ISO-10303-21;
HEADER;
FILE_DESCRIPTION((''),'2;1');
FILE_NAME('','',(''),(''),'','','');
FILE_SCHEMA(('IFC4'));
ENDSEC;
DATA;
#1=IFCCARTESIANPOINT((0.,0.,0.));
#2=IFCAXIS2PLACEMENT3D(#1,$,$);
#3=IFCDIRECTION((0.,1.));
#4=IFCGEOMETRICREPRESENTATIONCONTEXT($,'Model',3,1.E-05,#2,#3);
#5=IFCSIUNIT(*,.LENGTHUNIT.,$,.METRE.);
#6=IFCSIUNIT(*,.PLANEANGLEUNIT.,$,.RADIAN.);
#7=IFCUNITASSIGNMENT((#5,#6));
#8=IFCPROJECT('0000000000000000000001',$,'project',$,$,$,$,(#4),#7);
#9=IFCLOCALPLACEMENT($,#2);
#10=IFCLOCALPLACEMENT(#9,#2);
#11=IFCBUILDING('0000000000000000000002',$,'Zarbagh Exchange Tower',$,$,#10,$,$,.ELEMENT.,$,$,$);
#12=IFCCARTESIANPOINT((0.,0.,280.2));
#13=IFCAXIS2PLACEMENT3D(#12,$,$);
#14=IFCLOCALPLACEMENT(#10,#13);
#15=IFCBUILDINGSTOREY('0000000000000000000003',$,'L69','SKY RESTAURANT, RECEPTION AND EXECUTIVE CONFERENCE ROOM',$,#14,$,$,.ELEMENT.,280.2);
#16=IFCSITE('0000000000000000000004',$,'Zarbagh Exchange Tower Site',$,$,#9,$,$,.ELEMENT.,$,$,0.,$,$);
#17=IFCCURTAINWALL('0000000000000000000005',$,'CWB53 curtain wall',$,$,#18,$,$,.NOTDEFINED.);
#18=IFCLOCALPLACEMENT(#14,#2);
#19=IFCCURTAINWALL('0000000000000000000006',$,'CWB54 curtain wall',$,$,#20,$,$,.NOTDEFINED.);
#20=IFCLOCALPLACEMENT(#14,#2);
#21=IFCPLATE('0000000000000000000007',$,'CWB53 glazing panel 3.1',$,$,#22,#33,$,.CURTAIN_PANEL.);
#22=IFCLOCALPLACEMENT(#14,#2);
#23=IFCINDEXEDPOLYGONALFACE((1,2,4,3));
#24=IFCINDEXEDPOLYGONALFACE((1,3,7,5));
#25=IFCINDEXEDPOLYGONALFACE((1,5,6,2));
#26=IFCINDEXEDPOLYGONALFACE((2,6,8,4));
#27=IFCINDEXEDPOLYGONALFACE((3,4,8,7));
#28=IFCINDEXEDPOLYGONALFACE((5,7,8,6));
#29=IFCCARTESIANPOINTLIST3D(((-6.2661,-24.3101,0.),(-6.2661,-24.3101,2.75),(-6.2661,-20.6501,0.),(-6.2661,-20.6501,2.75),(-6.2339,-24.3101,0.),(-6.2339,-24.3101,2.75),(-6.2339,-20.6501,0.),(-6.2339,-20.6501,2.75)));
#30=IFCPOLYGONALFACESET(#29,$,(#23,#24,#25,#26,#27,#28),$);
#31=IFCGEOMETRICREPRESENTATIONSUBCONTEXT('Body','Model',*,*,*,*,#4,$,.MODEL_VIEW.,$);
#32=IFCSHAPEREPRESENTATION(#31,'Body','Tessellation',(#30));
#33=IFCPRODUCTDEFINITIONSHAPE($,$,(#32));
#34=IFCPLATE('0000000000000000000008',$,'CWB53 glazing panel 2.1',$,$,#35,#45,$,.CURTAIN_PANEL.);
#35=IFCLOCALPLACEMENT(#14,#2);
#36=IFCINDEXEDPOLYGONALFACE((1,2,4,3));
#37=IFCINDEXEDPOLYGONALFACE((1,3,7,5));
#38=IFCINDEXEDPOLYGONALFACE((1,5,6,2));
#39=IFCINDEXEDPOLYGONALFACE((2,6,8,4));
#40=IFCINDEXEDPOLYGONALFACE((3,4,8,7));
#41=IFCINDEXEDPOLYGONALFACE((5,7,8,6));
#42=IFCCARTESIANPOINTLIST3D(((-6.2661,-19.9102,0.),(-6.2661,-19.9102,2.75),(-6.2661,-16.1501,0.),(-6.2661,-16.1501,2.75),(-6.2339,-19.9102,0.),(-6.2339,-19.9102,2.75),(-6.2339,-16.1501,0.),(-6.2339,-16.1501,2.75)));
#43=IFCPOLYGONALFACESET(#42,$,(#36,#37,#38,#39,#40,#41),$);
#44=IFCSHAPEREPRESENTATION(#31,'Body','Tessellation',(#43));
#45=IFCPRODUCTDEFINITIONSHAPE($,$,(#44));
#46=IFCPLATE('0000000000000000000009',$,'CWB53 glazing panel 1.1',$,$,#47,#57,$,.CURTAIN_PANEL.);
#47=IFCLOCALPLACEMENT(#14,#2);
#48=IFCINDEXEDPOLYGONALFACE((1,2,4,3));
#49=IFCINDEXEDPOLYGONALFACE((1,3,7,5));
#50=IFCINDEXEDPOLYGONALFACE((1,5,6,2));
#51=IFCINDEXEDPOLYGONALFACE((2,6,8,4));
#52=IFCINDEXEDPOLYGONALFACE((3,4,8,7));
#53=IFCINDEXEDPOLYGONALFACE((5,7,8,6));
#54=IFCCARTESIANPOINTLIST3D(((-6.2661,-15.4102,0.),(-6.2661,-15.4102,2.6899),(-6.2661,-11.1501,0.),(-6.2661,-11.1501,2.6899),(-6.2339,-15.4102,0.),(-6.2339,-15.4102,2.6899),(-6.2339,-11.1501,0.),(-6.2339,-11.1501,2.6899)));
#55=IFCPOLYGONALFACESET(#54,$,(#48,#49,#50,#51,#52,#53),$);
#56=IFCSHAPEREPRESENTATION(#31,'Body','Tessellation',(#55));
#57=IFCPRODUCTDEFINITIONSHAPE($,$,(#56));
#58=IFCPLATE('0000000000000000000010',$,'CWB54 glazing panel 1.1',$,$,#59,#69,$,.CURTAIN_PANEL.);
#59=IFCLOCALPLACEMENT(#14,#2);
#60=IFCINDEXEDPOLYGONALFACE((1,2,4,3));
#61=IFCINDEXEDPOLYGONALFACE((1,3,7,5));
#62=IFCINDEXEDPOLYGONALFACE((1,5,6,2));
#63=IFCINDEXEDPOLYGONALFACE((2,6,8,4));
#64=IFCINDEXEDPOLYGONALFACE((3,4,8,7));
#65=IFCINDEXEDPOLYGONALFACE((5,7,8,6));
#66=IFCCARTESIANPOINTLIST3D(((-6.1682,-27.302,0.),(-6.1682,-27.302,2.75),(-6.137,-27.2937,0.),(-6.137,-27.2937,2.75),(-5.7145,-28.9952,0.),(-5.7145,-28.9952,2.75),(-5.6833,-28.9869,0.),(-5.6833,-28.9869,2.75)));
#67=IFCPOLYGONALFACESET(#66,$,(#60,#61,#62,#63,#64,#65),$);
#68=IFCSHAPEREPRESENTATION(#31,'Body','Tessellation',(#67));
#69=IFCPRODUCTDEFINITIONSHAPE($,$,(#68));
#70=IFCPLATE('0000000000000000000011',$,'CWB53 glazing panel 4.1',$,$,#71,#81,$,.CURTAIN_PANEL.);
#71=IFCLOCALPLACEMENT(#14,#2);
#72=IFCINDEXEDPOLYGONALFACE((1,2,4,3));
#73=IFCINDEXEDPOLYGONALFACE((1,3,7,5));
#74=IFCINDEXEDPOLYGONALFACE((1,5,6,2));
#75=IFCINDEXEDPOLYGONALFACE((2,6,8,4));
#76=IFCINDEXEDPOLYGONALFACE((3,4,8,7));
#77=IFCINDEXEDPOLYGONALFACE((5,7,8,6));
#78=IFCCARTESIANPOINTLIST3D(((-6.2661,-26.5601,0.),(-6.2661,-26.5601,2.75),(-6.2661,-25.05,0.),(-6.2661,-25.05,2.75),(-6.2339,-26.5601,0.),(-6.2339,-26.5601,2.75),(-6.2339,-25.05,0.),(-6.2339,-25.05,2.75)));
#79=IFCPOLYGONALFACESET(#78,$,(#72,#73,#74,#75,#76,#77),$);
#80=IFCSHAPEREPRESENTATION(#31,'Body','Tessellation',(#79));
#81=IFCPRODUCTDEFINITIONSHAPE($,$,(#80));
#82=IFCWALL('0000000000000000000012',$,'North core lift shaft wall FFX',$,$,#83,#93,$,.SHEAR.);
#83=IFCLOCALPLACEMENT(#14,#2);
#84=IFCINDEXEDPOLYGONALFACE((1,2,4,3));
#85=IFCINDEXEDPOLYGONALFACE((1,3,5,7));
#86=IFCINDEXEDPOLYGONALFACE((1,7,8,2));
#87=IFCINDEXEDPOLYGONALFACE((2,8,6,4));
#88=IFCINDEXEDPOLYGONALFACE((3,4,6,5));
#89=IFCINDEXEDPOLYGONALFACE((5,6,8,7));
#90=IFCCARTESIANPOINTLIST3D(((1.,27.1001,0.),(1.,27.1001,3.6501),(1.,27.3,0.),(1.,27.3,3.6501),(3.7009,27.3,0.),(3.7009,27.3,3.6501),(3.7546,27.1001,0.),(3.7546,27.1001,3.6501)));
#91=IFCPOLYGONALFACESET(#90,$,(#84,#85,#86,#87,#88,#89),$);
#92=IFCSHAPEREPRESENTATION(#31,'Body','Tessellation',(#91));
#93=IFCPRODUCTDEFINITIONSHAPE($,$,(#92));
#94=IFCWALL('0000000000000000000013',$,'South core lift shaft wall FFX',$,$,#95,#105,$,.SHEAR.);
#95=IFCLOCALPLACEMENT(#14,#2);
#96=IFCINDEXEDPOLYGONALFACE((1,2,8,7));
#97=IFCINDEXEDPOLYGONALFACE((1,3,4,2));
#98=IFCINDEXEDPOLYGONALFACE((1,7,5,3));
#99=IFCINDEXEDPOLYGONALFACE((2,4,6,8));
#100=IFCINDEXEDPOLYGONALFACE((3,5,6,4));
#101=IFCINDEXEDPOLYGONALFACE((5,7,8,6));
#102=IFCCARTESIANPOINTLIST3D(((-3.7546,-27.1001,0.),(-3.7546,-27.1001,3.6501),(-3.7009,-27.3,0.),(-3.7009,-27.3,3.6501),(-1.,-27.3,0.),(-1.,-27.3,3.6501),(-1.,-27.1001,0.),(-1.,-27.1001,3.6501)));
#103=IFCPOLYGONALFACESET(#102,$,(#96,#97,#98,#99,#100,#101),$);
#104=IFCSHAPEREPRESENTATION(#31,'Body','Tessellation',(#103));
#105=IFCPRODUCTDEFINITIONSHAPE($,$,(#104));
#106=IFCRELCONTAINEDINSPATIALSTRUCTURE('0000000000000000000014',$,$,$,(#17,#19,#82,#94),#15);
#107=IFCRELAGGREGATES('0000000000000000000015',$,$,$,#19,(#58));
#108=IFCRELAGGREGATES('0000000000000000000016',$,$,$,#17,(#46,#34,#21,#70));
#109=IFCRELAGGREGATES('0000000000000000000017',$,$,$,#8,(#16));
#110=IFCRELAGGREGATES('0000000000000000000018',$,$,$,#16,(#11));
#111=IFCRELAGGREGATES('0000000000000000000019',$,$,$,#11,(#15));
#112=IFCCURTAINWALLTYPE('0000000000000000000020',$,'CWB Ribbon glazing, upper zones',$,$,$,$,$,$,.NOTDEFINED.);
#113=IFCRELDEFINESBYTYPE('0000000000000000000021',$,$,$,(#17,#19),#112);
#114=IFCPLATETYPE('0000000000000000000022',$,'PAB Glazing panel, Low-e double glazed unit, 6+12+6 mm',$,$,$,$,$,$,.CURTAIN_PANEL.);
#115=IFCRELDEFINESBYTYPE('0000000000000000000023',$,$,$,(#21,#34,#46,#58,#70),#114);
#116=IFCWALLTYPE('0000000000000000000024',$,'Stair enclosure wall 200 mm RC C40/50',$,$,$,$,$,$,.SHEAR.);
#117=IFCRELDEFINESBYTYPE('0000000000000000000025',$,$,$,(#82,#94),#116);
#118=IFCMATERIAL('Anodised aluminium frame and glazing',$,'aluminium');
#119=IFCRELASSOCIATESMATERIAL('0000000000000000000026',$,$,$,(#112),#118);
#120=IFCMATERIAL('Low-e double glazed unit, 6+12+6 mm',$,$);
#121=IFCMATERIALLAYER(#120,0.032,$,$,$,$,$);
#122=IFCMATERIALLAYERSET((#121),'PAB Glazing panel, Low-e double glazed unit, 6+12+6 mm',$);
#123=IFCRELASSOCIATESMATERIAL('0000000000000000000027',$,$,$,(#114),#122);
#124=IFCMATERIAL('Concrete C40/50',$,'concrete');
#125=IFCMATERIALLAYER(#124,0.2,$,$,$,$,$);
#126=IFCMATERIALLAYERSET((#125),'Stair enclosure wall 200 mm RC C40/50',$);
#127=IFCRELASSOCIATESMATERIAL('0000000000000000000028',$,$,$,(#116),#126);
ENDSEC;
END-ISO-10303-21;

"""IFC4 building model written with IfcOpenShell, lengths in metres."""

from ifc_helpers import new_model, si_unit, direction, frame, origin, place, context, subcontext, project, spatial, polyline, outline, extrude, source, transform, mapped, material, layer, layer_set, type_object, element, aggregate, save


model = new_model("IFC4")

# Units and contexts
model_context = context("Model", 3, precision=1e-05, world=origin(), true_north=direction((0.0, 1.0)))
body_context = subcontext(model_context, "Body", "Model", "MODEL_VIEW")
ifc_project = project(units=[si_unit("LENGTHUNIT", "METRE"), si_unit("PLANEANGLEUNIT", "RADIAN")], contexts=[model_context])

# Site, building, storey
site_placement = place(None, origin())
site = spatial("IfcSite", under=ifc_project, at=site_placement, Name="Zarbagh Exchange Tower Site", CompositionType="ELEMENT", RefElevation=0.0)
building_placement = place(site_placement, origin())
building = spatial("IfcBuilding", under=site, at=building_placement, Name="Zarbagh Exchange Tower", CompositionType="ELEMENT")
storey_placement = place(building_placement, frame((0.0, 0.0, 280.2)))
storey = spatial("IfcBuildingStorey", under=building, at=storey_placement, Name="L69", Description="SKY RESTAURANT, RECEPTION AND EXECUTIVE CONFERENCE ROOM", CompositionType="ELEMENT", Elevation=280.2)

# Curtain wall
ifc_material_1 = material(Name="Anodised aluminium frame and glazing", Category="aluminium")
curtain_wall_type = type_object("IfcCurtainWallType", Name="CWB Ribbon glazing, upper zones", PredefinedType="NOTDEFINED", material=ifc_material_1)
curtain_wall_1_placement = place(storey_placement, origin())
curtain_wall_1 = element("IfcCurtainWall", 1, at=curtain_wall_1_placement, inside=storey, type_object=curtain_wall_type, Name="CWB53 curtain wall", PredefinedType="NOTDEFINED")
placement = place(storey_placement, origin())

# Curtain wall
curtain_wall_2_placement = place(storey_placement, origin())
curtain_wall_2 = element("IfcCurtainWall", 2, at=curtain_wall_2_placement, inside=storey, type_object=curtain_wall_type, Name="CWB54 curtain wall", PredefinedType="NOTDEFINED")

# Shared definitions
ifc_material_2 = material(Name="Concrete C40/50", Category="concrete")

# Shared definitions
ifc_material_3 = material(Name="Low-e double glazed unit, 6+12+6 mm")
ifc_layer_1 = layer(ifc_material_3, 0.032)
ifc_layer_set_1 = layer_set([ifc_layer_1], Name="PAB Glazing panel, Low-e double glazed unit, 6+12+6 mm")
plate_type = type_object("IfcPlateType", Name="PAB Glazing panel, Low-e double glazed unit, 6+12+6 mm", PredefinedType="CURTAIN_PANEL", material=ifc_layer_set_1)

# Plates
shared_shape_1 = source(origin(), body_context, "Body", "SweptSolid", [
    extrude(outline(polyline([(0.0, -0.0161), (3.6599, -0.0161), (3.6599, 0.0161), (0.0, 0.0161), (0.0, -0.0161)])), origin(), (0.0, 0.0, 1.0), 2.75),
])
plate_1 = element("IfcPlate", 3, at=placement, type_object=plate_type, Name="CWB53 glazing panel 3.1", PredefinedType="CURTAIN_PANEL", context=body_context, shape_type="MappedRepresentation", body=[
    mapped(shared_shape_1, transform((-6.25, -20.6501, 0.0), x_axis=(0.0, -1.0, 0.0), y_axis=(1.0, 0.0, 0.0), z_axis=(0.0, 0.0, 1.0))),
])
shared_shape_2 = source(origin(), body_context, "Body", "SweptSolid", [
    extrude(outline(polyline([(0.0, -0.0161), (3.76, -0.0161), (3.76, 0.0161), (0.0, 0.0161), (0.0, -0.0161)])), origin(), (0.0, 0.0, 1.0), 2.75),
])
plate_2 = element("IfcPlate", 4, at=placement, type_object=plate_type, Name="CWB53 glazing panel 2.1", PredefinedType="CURTAIN_PANEL", context=body_context, shape_type="MappedRepresentation", body=[
    mapped(shared_shape_2, transform((-6.25, -16.1501, 0.0), x_axis=(0.0, -1.0, 0.0), y_axis=(1.0, 0.0, 0.0), z_axis=(0.0, 0.0, 1.0))),
])
shared_shape_3 = source(origin(), body_context, "Body", "SweptSolid", [
    extrude(outline(polyline([(0.0, -0.0161), (4.26, -0.0161), (4.26, 0.0161), (0.0, 0.0161), (0.0, -0.0161)])), origin(), (0.0, 0.0, 1.0), 2.6899),
])
plate_3 = element("IfcPlate", 5, at=placement, type_object=plate_type, Name="CWB53 glazing panel 1.1", PredefinedType="CURTAIN_PANEL", context=body_context, shape_type="MappedRepresentation", body=[
    mapped(shared_shape_3, transform((-6.25, -11.1501, 0.0), x_axis=(0.0, -1.0, 0.0), y_axis=(1.0, 0.0, 0.0), z_axis=(0.0, 0.0, 1.0))),
])
shared_shape_4 = source(origin(), body_context, "Body", "SweptSolid", [
    extrude(outline(polyline([(0.0, -0.0161), (1.7529, -0.0161), (1.7529, 0.0161), (0.0, 0.0161), (0.0, -0.0161)])), origin(), (0.0, 0.0, 1.0), 2.75),
])
plate_4 = element("IfcPlate", 6, at=placement, type_object=plate_type, Name="CWB54 glazing panel 1.1", PredefinedType="CURTAIN_PANEL", context=body_context, shape_type="MappedRepresentation", body=[
    mapped(shared_shape_4, transform((-6.1526, -27.2979, 0.0), x_axis=(0.258825, -0.965924, 0.0), y_axis=(0.965924, 0.258825, 0.0), z_axis=(0.0, 0.0, 1.0))),
])
aggregate(curtain_wall_2, [plate_4])
shared_shape_5 = source(origin(), body_context, "Body", "SweptSolid", [
    extrude(outline(polyline([(0.0, -0.0161), (1.51, -0.0161), (1.51, 0.0161), (0.0, 0.0161), (0.0, -0.0161)])), origin(), (0.0, 0.0, 1.0), 2.75),
])
plate_5 = element("IfcPlate", 7, at=placement, type_object=plate_type, Name="CWB53 glazing panel 4.1", PredefinedType="CURTAIN_PANEL", context=body_context, shape_type="MappedRepresentation", body=[
    mapped(shared_shape_5, transform((-6.25, -25.05, 0.0), x_axis=(0.0, -1.0, 0.0), y_axis=(1.0, 0.0, 0.0), z_axis=(0.0, 0.0, 1.0))),
])
aggregate(curtain_wall_1, [plate_3, plate_2, plate_1, plate_5])

# Walls
ifc_layer_2 = layer(ifc_material_2, 0.2)
ifc_layer_set_2 = layer_set([ifc_layer_2], Name="Stair enclosure wall 200 mm RC C40/50")
wall_type = type_object("IfcWallType", Name="Stair enclosure wall 200 mm RC C40/50", PredefinedType="SHEAR", material=ifc_layer_set_2)
wall_1_placement = place(storey_placement, origin())
element("IfcWall", 8, at=wall_1_placement, inside=storey, type_object=wall_type, Name="North core lift shaft wall FFX", PredefinedType="SHEAR", context=body_context, shape_type="SweptSolid", body=[
    extrude(outline(polyline([(1.0, 27.1001), (3.7546, 27.1001), (3.7009, 27.3), (1.0, 27.3), (1.0, 27.1001)])), origin(), (0.0, 0.0, 1.0), 3.6501),
])
wall_2_placement = place(storey_placement, origin())
element("IfcWall", 9, at=wall_2_placement, inside=storey, type_object=wall_type, Name="South core lift shaft wall FFX", PredefinedType="SHEAR", context=body_context, shape_type="SweptSolid", body=[
    extrude(outline(polyline([(-1.0, -27.1001), (-3.7546, -27.1001), (-3.7009, -27.3), (-1.0, -27.3), (-1.0, -27.1001)])), origin(), (0.0, 0.0, 1.0), 3.6501),
])

save(model, "model.ifc")
